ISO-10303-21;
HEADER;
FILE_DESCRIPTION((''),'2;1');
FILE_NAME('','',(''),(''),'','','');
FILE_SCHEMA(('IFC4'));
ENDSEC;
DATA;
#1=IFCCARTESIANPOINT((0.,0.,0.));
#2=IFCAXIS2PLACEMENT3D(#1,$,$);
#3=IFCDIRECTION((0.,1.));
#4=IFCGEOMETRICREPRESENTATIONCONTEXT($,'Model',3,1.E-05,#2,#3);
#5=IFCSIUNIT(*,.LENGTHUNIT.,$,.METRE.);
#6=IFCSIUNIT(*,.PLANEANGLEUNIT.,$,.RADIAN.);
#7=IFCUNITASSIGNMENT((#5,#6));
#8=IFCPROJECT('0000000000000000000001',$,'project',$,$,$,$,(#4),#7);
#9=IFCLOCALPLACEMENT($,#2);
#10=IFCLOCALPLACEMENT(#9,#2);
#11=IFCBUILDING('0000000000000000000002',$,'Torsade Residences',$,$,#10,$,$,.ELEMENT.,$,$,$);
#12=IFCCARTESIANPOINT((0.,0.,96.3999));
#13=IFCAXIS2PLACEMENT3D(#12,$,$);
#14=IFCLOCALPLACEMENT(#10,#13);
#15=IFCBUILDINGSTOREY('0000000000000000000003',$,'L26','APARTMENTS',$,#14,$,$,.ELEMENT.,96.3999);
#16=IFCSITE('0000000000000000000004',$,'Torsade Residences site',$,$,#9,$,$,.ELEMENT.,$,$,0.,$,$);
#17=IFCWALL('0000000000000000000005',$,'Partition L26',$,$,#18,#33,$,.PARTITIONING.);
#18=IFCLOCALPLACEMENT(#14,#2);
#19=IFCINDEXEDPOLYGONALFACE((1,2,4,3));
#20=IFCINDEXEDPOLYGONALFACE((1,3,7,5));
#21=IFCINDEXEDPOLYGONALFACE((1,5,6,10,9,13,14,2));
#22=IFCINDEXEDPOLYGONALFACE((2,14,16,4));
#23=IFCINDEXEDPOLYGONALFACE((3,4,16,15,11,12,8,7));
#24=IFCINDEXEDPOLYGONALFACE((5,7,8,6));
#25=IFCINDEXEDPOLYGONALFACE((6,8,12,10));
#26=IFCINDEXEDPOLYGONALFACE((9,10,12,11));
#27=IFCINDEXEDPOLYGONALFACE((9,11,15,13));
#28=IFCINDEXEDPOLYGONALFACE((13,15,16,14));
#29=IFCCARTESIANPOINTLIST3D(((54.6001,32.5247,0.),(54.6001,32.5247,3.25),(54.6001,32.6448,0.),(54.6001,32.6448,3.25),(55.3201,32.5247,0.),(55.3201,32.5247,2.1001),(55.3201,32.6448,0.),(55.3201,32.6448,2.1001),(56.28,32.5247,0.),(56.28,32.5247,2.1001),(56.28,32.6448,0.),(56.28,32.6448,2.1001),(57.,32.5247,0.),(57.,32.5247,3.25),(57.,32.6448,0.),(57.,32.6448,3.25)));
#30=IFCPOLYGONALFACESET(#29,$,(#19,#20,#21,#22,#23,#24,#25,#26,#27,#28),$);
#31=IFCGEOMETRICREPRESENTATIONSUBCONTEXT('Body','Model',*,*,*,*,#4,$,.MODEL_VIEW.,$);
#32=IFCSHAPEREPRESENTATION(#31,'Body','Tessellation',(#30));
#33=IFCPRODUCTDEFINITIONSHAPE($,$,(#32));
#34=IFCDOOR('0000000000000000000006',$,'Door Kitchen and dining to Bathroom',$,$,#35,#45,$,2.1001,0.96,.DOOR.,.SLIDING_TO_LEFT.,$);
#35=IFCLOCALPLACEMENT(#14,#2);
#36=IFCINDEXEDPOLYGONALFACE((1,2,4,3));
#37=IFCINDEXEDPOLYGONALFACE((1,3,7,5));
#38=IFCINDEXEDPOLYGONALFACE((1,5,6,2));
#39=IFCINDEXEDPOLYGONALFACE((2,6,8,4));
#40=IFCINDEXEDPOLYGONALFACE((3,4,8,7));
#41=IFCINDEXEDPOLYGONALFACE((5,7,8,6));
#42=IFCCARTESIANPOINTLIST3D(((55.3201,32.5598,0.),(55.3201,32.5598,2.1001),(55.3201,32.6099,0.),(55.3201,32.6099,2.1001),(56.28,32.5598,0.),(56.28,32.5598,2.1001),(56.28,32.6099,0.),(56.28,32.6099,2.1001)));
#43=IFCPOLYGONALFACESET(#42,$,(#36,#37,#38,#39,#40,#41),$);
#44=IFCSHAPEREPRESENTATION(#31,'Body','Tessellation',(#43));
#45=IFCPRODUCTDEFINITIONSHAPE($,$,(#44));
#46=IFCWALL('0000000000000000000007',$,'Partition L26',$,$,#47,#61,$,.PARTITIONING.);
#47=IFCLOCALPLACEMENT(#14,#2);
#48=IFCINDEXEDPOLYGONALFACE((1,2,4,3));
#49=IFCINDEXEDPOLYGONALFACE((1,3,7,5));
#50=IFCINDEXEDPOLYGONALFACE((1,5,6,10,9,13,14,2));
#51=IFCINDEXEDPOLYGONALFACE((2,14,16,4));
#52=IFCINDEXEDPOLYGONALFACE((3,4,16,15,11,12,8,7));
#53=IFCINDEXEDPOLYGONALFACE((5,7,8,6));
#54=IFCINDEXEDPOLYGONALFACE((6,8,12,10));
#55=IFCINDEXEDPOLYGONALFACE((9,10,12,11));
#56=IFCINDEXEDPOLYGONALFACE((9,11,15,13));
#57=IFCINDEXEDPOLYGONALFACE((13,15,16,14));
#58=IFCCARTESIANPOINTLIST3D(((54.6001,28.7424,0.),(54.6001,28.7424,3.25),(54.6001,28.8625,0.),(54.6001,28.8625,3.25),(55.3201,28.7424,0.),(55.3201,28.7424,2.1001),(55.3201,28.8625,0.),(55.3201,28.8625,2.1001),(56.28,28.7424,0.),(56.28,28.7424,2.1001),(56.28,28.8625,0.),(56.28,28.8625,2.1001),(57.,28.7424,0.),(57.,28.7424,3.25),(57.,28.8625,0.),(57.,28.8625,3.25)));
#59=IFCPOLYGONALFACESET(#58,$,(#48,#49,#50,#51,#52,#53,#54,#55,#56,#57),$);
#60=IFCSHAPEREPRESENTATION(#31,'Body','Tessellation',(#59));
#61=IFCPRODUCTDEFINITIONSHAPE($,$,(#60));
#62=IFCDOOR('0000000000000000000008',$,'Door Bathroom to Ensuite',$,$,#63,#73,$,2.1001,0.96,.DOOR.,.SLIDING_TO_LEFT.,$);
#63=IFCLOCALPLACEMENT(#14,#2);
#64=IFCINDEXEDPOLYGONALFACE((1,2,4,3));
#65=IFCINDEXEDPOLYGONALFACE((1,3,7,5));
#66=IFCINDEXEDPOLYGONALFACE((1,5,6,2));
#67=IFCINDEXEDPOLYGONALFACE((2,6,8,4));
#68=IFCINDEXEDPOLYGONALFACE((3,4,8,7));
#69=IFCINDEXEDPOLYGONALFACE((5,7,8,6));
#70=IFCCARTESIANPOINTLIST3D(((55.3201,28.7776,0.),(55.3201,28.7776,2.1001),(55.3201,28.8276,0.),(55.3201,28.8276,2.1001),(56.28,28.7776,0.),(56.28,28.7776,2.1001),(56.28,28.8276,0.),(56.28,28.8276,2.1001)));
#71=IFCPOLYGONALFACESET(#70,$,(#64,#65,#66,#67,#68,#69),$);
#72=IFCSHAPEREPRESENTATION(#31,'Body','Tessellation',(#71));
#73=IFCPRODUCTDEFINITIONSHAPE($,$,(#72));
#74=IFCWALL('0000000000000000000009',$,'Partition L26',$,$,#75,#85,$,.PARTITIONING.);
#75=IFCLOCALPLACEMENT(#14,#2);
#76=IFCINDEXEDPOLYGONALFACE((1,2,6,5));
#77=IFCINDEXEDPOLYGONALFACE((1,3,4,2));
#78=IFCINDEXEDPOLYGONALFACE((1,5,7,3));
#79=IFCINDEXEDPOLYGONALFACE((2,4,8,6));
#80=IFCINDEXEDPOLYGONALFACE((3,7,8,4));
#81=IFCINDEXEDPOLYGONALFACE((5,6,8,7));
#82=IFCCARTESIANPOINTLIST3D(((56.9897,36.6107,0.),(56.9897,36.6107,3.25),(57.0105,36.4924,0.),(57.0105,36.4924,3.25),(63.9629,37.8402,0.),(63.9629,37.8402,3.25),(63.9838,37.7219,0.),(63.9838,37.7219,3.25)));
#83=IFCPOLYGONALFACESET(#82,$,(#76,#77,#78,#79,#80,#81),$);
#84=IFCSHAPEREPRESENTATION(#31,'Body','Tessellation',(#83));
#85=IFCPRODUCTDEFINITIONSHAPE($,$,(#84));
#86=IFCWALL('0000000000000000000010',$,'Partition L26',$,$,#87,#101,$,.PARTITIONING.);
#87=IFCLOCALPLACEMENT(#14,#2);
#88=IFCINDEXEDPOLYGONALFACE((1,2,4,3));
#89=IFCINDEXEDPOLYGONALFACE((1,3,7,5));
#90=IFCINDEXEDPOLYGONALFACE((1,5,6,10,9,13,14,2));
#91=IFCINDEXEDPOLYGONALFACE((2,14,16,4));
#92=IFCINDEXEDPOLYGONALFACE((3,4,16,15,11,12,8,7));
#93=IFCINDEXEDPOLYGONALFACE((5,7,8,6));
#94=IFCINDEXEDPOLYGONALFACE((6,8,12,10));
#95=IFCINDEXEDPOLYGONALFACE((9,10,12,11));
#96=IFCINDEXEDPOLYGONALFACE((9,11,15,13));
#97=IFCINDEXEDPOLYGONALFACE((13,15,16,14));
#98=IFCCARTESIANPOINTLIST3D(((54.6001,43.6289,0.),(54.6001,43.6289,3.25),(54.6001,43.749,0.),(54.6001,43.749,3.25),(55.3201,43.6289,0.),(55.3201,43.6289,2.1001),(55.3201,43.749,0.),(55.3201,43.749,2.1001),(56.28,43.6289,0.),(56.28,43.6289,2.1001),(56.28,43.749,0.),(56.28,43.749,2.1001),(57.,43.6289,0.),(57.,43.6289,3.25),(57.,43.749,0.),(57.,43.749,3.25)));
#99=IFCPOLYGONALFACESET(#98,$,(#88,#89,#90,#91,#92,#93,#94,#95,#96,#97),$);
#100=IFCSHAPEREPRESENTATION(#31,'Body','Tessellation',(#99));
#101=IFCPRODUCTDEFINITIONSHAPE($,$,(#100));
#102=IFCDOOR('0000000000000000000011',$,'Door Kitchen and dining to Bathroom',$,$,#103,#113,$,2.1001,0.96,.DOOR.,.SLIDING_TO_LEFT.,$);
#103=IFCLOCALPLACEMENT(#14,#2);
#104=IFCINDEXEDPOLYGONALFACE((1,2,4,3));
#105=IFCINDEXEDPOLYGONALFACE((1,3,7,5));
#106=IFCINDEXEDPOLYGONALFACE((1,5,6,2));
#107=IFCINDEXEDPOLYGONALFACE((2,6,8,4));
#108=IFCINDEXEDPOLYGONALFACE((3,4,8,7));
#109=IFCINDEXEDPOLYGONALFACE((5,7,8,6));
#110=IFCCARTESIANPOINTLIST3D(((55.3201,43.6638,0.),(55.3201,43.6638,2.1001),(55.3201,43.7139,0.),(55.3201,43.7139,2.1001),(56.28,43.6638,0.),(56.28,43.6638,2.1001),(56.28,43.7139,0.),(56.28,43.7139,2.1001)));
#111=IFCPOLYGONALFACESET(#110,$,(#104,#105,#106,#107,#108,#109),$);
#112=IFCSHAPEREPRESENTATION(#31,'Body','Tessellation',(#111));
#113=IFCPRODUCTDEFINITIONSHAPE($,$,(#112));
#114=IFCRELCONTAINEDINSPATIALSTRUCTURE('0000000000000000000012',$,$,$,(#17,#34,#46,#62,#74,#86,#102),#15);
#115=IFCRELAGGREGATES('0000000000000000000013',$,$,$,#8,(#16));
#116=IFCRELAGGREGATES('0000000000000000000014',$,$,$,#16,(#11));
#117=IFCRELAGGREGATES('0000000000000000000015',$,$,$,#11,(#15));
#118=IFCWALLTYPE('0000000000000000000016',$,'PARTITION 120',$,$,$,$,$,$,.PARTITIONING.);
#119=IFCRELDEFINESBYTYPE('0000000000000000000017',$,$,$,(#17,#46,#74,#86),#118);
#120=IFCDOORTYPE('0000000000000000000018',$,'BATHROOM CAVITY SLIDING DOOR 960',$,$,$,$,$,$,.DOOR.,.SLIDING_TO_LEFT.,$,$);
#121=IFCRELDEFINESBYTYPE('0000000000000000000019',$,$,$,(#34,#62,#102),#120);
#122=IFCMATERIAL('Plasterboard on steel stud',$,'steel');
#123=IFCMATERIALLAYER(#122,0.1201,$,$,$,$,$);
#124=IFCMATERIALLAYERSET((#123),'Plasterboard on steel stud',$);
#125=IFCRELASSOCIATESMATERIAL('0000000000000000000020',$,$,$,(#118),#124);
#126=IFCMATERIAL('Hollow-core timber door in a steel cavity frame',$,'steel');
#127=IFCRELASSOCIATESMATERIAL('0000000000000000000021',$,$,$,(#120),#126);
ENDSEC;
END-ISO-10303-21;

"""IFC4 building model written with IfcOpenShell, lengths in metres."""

from ifc_helpers import new_model, si_unit, direction, frame, frame_2d, origin, place, context, subcontext, project, spatial, rectangle, extrude, material, layer, layer_set, type_object, element, fill, save


model = new_model("IFC4")

# Units and contexts
model_context = context("Model", 3, precision=1e-05, world=origin(), true_north=direction((0.0, 1.0)))
body_context = subcontext(model_context, "Body", "Model", "MODEL_VIEW")
ifc_project = project(units=[si_unit("LENGTHUNIT", "METRE"), si_unit("PLANEANGLEUNIT", "RADIAN")], contexts=[model_context])

# Site, building, storey
site_placement = place(None, origin())
site = spatial("IfcSite", under=ifc_project, at=site_placement, Name="Torsade Residences site", CompositionType="ELEMENT", RefElevation=0.0)
building_placement = place(site_placement, origin())
building = spatial("IfcBuilding", under=site, at=building_placement, Name="Torsade Residences", CompositionType="ELEMENT")
storey_placement = place(building_placement, frame((0.0, 0.0, 96.3999)))
storey = spatial("IfcBuildingStorey", under=building, at=storey_placement, Name="L26", Description="APARTMENTS", CompositionType="ELEMENT", Elevation=96.3999)

# Walls, openings, doors
ifc_material_1 = material(Name="Plasterboard on steel stud", Category="steel")
ifc_layer_1 = layer(ifc_material_1, 0.1201)
ifc_layer_set_1 = layer_set([ifc_layer_1], Name="Plasterboard on steel stud")
wall_type_1 = type_object("IfcWallType", Name="PARTITION 120", PredefinedType="PARTITIONING", material=ifc_layer_set_1)
wall_1_placement = place(storey_placement, frame((57.0, 32.5847, 0.0), z_axis=(0.0, 0.0, 1.0), x_axis=(-1.0, 0.0, 0.0)))
wall_1 = element("IfcWall", 1, at=wall_1_placement, inside=storey, type_object=wall_type_1, Name="Partition L26", PredefinedType="PARTITIONING", context=body_context, shape_type="SweptSolid", body=[
    extrude(rectangle(XDim=2.3999, YDim=0.1201, at=frame_2d((1.2, 0.0))), origin(), (0.0, 0.0, 1.0), 3.25),
])
opening_1_placement = place(wall_1_placement, frame((0.72, 0.0, 0.0)))
opening_1 = element("IfcOpeningElement", 2, at=opening_1_placement, cuts=wall_1, PredefinedType="OPENING", context=body_context, shape_type="SweptSolid", body=[
    extrude(rectangle(XDim=0.96, YDim=2.1001, at=frame_2d((0.48, 1.05))), frame((0.0, 0.0701, 0.0), z_axis=(0.0, -1.0, 0.0), x_axis=(1.0, 0.0, 0.0)), (0.0, 0.0, 1.0), 0.1401),
])
ifc_material_2 = material(Name="Hollow-core timber door in a steel cavity frame", Category="steel")
door_type_1 = type_object("IfcDoorType", Name="BATHROOM CAVITY SLIDING DOOR 960", OperationType="SLIDING_TO_LEFT", PredefinedType="DOOR", material=ifc_material_2)
door_1_placement = place(opening_1_placement, origin())
door_1 = element("IfcDoor", 3, at=door_1_placement, inside=storey, type_object=door_type_1, Name="Door Kitchen and dining to Bathroom", OperationType="SLIDING_TO_LEFT", OverallHeight=2.1001, OverallWidth=0.96, PredefinedType="DOOR", context=body_context, shape_type="SweptSolid", body=[
    extrude(rectangle(XDim=0.96, YDim=2.1001, at=frame_2d((0.48, 1.05))), frame((0.0, 0.0249, 0.0), z_axis=(0.0, -1.0, 0.0), x_axis=(1.0, 0.0, 0.0)), (0.0, 0.0, 1.0), 0.05),
])
fill(opening_1, door_1)
wall_2_placement = place(storey_placement, frame((57.0, 28.8025, 0.0), z_axis=(0.0, 0.0, 1.0), x_axis=(-1.0, 0.0, 0.0)))
wall_2 = element("IfcWall", 4, at=wall_2_placement, inside=storey, type_object=wall_type_1, Name="Partition L26", PredefinedType="PARTITIONING", context=body_context, shape_type="SweptSolid", body=[
    extrude(rectangle(XDim=2.3999, YDim=0.1201, at=frame_2d((1.2, 0.0))), origin(), (0.0, 0.0, 1.0), 3.25),
])
opening_2_placement = place(wall_2_placement, frame((0.72, 0.0, 0.0)))
opening_2 = element("IfcOpeningElement", 5, at=opening_2_placement, cuts=wall_2, PredefinedType="OPENING", context=body_context, shape_type="SweptSolid", body=[
    extrude(rectangle(XDim=0.96, YDim=2.1001, at=frame_2d((0.48, 1.05))), frame((0.0, 0.0701, 0.0), z_axis=(0.0, -1.0, 0.0), x_axis=(1.0, 0.0, 0.0)), (0.0, 0.0, 1.0), 0.1401),
])
door_2_placement = place(opening_2_placement, origin())
door_2 = element("IfcDoor", 6, at=door_2_placement, inside=storey, type_object=door_type_1, Name="Door Bathroom to Ensuite", OperationType="SLIDING_TO_LEFT", OverallHeight=2.1001, OverallWidth=0.96, PredefinedType="DOOR", context=body_context, shape_type="SweptSolid", body=[
    extrude(rectangle(XDim=0.96, YDim=2.1001, at=frame_2d((0.48, 1.05))), frame((0.0, 0.0249, 0.0), z_axis=(0.0, -1.0, 0.0), x_axis=(1.0, 0.0, 0.0)), (0.0, 0.0, 1.0), 0.05),
])
fill(opening_2, door_2)

# Wall
wall_3_placement = place(storey_placement, frame((57.0, 36.5515, 0.0), z_axis=(0.0, 0.0, 1.0), x_axis=(0.984809, 0.17364, 0.0)))
element("IfcWall", 7, at=wall_3_placement, inside=storey, type_object=wall_type_1, Name="Partition L26", PredefinedType="PARTITIONING", context=body_context, shape_type="SweptSolid", body=[
    extrude(rectangle(XDim=7.0808, YDim=0.1201, at=frame_2d((3.5405, 0.0))), origin(), (0.0, 0.0, 1.0), 3.25),
])

# Wall, opening, door
wall_4_placement = place(storey_placement, frame((54.6001, 43.689, 0.0), z_axis=(0.0, 0.0, 1.0), x_axis=(1.0, 0.0, 0.0)))
wall_4 = element("IfcWall", 8, at=wall_4_placement, inside=storey, type_object=wall_type_1, Name="Partition L26", PredefinedType="PARTITIONING", context=body_context, shape_type="SweptSolid", body=[
    extrude(rectangle(XDim=2.3999, YDim=0.1201, at=frame_2d((1.2, 0.0))), origin(), (0.0, 0.0, 1.0), 3.25),
])
opening_3_placement = place(wall_4_placement, frame((0.72, 0.0, 0.0)))
opening_3 = element("IfcOpeningElement", 9, at=opening_3_placement, cuts=wall_4, PredefinedType="OPENING", context=body_context, shape_type="SweptSolid", body=[
    extrude(rectangle(XDim=0.96, YDim=2.1001, at=frame_2d((0.48, 1.05))), frame((0.0, 0.0701, 0.0), z_axis=(0.0, -1.0, 0.0), x_axis=(1.0, 0.0, 0.0)), (0.0, 0.0, 1.0), 0.1401),
])
door_3_placement = place(opening_3_placement, origin())
door_3 = element("IfcDoor", 10, at=door_3_placement, inside=storey, type_object=door_type_1, Name="Door Kitchen and dining to Bathroom", OperationType="SLIDING_TO_LEFT", OverallHeight=2.1001, OverallWidth=0.96, PredefinedType="DOOR", context=body_context, shape_type="SweptSolid", body=[
    extrude(rectangle(XDim=0.96, YDim=2.1001, at=frame_2d((0.48, 1.05))), frame((0.0, 0.0249, 0.0), z_axis=(0.0, -1.0, 0.0), x_axis=(1.0, 0.0, 0.0)), (0.0, 0.0, 1.0), 0.05),
])
fill(opening_3, door_3)

save(model, "model.ifc")
